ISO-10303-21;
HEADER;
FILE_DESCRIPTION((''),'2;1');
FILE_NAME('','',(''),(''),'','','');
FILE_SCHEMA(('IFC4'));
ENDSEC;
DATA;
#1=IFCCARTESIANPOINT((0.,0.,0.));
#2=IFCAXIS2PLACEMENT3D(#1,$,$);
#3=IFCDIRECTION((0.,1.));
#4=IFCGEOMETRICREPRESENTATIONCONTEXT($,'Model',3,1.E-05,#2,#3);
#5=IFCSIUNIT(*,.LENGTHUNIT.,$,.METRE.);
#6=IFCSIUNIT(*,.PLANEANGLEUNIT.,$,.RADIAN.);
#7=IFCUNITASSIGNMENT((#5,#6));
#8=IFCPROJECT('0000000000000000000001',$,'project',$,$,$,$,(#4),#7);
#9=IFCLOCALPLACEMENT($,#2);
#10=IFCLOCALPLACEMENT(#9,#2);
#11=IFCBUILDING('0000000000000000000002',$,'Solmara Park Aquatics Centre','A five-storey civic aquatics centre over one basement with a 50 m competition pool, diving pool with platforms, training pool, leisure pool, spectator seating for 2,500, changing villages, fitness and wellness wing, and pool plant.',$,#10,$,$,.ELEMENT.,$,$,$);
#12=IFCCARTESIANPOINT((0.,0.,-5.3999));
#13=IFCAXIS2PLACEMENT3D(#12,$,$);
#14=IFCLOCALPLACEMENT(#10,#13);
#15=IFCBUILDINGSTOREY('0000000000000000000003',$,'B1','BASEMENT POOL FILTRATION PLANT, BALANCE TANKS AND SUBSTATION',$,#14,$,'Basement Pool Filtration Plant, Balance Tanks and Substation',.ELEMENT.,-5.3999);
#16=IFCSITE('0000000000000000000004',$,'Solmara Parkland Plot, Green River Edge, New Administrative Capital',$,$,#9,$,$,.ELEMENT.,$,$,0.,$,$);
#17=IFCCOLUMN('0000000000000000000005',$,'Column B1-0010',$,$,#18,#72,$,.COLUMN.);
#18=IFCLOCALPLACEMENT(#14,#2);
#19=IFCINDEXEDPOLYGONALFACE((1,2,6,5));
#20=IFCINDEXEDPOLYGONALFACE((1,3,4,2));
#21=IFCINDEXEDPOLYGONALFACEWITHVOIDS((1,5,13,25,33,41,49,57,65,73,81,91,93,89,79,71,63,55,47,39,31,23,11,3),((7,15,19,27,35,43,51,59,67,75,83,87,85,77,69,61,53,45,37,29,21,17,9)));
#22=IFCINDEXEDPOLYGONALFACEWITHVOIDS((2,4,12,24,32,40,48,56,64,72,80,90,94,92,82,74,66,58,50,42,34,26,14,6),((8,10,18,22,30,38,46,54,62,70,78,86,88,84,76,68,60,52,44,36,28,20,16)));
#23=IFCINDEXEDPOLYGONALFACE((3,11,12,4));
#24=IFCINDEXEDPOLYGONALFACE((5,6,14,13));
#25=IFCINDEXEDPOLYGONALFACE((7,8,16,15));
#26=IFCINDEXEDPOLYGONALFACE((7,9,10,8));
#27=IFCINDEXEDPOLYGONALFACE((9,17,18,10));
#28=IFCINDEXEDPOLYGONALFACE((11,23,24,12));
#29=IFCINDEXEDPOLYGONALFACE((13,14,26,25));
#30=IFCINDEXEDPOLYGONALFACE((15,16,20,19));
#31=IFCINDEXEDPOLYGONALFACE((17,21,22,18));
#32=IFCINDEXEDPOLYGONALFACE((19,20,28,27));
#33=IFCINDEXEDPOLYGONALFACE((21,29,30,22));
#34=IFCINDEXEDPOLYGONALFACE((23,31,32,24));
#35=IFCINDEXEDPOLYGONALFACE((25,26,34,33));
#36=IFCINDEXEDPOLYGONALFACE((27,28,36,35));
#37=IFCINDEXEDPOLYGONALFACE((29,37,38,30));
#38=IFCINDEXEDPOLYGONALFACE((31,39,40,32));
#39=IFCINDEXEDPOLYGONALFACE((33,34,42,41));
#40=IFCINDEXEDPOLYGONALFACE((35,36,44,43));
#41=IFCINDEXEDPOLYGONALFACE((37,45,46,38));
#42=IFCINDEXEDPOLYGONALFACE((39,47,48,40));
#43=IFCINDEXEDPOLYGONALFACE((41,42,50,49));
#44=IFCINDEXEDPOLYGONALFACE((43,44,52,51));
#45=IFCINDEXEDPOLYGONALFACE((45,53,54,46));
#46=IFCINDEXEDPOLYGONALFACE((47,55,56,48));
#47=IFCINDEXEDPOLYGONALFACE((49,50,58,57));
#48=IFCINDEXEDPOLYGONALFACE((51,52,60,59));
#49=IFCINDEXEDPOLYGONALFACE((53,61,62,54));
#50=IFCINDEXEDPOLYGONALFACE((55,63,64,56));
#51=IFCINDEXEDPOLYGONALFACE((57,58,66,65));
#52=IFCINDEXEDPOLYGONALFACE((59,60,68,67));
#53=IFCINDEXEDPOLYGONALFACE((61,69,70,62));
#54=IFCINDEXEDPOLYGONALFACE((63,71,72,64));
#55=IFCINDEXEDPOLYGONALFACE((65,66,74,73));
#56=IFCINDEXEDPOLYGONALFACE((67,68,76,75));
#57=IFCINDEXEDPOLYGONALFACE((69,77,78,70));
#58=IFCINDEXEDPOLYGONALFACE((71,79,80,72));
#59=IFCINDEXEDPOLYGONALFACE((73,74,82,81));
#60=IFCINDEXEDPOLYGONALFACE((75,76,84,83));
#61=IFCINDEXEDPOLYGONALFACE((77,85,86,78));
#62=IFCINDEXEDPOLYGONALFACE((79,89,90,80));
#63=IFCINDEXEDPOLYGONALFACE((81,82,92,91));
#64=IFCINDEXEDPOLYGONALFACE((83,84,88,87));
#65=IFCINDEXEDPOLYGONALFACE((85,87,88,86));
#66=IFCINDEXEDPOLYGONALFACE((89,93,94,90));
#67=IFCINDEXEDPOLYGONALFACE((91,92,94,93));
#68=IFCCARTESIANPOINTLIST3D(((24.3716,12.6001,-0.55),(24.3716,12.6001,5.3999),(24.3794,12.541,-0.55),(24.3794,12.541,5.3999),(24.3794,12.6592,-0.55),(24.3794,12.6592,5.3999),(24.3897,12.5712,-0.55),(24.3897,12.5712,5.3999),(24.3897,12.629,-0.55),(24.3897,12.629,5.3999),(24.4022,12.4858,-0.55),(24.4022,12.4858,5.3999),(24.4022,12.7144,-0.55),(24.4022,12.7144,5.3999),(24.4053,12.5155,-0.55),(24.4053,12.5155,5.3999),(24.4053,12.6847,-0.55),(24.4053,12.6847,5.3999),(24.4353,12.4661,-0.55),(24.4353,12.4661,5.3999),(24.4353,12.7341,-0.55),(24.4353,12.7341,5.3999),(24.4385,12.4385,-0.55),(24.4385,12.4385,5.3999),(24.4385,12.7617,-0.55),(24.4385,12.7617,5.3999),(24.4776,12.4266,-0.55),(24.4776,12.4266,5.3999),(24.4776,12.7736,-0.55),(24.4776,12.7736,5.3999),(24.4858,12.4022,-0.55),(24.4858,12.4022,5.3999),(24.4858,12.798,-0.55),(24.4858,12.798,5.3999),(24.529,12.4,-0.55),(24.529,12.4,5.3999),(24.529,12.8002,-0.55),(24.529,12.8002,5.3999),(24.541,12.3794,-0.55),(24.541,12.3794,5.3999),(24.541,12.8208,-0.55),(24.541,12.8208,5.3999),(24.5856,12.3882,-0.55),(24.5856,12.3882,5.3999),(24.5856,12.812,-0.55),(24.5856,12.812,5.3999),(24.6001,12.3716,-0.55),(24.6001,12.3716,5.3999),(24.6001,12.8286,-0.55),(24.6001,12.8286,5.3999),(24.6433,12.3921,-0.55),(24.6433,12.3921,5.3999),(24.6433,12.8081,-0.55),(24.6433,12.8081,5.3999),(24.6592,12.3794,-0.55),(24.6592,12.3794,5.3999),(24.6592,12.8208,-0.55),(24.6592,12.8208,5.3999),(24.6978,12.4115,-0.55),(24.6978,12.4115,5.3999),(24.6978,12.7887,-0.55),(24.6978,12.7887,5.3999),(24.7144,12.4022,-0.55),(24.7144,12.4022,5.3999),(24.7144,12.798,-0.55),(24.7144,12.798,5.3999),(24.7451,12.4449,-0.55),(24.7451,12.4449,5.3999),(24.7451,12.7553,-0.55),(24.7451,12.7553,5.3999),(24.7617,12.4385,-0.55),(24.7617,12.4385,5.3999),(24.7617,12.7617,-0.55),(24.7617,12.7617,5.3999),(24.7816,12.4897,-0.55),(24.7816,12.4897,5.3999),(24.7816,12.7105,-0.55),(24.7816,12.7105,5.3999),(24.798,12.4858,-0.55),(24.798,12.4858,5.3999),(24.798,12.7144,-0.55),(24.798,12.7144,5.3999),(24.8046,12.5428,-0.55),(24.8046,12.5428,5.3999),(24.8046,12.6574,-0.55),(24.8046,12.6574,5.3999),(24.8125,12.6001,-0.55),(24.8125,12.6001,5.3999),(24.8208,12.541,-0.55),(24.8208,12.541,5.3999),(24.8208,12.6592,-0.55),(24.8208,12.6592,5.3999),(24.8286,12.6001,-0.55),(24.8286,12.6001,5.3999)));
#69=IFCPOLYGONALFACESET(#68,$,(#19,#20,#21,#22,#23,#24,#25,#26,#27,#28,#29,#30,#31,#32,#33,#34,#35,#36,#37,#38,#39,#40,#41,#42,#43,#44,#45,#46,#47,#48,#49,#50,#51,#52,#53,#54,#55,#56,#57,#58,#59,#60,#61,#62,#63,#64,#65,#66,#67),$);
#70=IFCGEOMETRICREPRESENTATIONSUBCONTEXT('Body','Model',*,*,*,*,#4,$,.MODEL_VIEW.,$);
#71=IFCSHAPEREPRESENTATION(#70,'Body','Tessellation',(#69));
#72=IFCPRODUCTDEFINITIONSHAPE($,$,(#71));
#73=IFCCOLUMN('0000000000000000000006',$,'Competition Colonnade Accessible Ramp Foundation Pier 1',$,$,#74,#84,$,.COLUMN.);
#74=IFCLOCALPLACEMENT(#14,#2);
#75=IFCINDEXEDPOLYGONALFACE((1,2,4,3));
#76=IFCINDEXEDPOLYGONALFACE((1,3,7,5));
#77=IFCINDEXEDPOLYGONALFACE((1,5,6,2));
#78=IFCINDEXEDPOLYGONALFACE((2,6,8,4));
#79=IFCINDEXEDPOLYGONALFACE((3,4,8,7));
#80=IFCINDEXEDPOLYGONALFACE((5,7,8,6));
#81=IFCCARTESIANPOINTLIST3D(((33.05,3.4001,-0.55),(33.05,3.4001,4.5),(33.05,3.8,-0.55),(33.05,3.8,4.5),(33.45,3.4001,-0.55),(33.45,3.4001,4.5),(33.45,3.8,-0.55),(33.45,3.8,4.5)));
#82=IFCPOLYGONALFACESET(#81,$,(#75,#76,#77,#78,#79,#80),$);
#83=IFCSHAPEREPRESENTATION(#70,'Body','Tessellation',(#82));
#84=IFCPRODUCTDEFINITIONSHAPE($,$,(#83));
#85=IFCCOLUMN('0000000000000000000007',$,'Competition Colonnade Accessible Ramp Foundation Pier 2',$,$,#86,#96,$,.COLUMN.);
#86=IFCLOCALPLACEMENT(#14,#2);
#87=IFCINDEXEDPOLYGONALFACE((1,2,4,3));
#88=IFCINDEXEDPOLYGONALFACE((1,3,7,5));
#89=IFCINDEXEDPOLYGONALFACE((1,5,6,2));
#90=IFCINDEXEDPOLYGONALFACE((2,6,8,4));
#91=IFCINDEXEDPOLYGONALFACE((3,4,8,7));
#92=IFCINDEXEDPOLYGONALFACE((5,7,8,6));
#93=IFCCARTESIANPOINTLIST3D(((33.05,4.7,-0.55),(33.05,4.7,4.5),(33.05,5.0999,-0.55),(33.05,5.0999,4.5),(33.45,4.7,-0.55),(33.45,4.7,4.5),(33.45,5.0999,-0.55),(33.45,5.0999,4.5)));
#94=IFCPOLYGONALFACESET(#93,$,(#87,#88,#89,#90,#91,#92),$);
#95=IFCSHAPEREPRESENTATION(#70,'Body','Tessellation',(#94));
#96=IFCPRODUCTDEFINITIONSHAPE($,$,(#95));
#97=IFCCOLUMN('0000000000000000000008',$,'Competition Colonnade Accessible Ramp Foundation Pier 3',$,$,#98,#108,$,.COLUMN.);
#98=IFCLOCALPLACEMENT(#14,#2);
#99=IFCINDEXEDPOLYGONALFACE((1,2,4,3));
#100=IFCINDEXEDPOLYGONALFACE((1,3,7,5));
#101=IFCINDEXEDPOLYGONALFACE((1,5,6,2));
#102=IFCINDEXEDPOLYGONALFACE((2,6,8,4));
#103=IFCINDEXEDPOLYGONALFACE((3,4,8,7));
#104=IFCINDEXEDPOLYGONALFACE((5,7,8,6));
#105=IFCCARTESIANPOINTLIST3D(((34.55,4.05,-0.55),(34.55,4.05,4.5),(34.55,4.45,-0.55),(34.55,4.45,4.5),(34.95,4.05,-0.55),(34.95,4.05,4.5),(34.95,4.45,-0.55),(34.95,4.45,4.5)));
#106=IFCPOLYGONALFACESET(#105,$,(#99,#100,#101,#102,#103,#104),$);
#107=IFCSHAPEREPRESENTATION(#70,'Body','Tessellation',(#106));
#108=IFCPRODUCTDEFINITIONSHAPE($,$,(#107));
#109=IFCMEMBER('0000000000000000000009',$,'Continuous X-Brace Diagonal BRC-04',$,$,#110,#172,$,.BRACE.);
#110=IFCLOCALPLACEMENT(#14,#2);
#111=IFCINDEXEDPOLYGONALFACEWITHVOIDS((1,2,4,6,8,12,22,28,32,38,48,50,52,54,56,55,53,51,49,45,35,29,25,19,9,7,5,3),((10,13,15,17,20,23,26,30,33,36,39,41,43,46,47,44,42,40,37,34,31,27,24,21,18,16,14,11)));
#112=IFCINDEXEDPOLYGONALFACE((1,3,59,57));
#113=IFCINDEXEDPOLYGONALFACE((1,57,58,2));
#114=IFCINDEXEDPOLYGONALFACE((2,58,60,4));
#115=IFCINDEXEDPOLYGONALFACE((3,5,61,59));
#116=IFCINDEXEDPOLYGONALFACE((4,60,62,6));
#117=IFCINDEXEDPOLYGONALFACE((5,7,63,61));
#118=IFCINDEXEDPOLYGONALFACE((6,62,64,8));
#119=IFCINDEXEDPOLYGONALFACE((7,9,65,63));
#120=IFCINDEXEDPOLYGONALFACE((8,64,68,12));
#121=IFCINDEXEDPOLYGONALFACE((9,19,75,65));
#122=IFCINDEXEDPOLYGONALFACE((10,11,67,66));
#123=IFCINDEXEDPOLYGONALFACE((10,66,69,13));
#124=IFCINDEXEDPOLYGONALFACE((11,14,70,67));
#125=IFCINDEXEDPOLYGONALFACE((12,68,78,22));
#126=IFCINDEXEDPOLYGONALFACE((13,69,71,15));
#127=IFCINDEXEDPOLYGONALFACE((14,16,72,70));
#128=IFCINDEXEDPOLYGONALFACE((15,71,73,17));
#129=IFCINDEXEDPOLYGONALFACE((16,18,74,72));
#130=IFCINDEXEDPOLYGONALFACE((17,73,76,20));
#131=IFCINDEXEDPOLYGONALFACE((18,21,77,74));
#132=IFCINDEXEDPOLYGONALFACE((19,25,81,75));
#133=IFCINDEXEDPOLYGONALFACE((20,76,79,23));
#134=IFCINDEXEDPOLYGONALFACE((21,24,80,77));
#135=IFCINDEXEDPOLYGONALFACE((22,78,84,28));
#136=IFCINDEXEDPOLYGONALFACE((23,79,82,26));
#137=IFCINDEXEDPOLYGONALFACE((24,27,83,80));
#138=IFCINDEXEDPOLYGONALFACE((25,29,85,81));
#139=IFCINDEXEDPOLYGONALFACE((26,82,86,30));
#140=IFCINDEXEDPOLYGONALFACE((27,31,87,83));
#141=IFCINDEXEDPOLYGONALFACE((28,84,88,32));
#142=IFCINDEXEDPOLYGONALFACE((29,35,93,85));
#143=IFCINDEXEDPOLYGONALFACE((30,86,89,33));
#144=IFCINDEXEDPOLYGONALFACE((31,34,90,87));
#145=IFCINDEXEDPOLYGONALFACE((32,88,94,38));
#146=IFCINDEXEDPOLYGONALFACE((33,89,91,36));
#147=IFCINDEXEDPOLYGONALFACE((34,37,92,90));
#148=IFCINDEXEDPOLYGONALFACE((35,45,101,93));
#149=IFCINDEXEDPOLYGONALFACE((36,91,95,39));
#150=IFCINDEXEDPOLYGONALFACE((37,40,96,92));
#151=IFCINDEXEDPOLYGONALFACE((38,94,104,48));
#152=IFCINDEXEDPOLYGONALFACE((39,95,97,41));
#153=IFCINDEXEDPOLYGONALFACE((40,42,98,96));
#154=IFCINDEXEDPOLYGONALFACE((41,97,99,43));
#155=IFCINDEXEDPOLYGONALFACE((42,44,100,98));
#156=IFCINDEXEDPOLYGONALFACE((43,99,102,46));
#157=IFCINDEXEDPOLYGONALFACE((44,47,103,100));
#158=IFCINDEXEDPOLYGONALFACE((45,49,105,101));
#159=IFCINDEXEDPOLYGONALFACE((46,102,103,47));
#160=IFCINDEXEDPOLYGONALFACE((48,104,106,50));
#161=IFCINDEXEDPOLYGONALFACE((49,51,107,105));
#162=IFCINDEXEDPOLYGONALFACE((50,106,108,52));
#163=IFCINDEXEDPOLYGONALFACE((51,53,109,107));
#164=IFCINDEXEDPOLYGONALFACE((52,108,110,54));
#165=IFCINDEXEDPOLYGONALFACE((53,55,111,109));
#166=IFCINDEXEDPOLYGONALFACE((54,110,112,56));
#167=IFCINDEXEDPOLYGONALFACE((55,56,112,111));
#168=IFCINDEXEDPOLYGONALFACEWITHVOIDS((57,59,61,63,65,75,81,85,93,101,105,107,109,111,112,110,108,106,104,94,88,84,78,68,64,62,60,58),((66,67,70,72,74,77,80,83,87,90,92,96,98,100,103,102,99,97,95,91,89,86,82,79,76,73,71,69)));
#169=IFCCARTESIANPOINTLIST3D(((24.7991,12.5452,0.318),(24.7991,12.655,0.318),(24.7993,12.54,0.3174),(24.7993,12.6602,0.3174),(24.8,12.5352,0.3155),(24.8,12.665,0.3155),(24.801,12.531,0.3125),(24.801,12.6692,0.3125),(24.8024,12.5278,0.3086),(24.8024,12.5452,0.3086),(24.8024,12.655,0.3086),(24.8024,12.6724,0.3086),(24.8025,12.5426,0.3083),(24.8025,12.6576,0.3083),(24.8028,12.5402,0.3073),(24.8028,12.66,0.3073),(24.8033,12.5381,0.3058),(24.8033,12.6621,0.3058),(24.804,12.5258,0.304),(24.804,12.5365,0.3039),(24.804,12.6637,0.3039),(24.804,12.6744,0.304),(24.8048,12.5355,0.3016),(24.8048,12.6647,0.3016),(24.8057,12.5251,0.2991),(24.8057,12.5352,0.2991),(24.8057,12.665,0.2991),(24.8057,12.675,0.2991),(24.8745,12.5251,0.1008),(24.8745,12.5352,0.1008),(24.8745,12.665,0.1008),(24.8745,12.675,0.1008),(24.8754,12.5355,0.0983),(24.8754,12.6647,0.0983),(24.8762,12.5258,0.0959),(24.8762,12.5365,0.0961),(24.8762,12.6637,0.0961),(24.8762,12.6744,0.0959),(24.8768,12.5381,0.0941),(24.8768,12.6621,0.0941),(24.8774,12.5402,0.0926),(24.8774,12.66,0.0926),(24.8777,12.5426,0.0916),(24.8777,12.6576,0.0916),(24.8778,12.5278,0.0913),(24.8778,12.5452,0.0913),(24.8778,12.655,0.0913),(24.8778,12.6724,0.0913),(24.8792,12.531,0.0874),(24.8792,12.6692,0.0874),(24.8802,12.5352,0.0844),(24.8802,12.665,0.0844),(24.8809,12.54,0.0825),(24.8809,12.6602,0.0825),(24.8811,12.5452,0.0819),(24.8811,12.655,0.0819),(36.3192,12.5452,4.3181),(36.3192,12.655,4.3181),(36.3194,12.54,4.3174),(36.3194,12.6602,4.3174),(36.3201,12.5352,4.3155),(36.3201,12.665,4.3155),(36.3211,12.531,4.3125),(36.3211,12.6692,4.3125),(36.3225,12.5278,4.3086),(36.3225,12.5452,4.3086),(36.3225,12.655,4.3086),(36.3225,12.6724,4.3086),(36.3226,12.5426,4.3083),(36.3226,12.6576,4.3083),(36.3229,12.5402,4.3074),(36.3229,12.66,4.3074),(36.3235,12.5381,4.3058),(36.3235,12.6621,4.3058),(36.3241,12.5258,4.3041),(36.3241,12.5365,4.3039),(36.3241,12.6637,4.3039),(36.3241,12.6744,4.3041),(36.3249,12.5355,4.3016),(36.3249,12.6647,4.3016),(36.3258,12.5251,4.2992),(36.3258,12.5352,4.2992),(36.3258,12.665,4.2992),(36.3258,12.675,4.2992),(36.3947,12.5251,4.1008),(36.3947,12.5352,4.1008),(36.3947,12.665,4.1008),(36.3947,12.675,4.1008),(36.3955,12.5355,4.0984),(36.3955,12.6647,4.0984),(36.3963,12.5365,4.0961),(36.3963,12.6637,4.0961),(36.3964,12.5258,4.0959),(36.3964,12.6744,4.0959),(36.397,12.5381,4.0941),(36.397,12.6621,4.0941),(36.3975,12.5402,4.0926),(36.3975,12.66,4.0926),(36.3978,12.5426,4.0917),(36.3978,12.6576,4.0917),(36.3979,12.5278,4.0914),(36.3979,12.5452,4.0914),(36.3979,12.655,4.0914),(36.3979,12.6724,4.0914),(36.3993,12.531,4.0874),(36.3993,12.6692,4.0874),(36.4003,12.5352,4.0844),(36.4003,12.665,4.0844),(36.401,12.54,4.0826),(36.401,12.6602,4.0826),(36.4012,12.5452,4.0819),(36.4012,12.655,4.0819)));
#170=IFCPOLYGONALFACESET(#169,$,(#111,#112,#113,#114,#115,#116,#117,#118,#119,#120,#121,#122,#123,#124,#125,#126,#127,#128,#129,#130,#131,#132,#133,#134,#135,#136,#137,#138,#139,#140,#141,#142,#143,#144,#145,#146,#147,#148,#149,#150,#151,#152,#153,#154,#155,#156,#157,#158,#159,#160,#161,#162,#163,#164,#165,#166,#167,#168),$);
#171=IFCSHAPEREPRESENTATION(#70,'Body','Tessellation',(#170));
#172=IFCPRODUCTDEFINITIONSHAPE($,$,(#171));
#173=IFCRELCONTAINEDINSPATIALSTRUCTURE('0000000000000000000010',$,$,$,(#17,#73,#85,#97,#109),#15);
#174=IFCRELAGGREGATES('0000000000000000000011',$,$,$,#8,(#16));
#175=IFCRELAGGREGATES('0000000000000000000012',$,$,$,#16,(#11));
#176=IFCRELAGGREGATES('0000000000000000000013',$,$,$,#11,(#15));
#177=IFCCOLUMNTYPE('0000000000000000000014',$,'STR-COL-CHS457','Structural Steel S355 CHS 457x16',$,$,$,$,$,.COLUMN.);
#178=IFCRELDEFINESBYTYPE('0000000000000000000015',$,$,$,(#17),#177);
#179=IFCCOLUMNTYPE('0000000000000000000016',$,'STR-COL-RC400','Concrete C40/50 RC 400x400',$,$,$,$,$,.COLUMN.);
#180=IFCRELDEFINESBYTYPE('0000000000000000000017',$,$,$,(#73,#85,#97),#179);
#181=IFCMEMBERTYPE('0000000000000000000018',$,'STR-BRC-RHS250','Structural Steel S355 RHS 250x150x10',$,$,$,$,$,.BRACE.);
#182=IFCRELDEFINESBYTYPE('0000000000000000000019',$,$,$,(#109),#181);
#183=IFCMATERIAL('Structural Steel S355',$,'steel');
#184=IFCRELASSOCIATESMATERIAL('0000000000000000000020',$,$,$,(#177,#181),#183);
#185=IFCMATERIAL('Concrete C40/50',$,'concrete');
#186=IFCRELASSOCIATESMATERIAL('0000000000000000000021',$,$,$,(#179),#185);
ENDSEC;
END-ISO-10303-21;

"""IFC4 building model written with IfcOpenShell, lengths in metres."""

from ifc_helpers import new_model, si_unit, direction, frame, origin, origin_2d, place, context, subcontext, project, spatial, rectangle, hollow_rectangle, hollow_circle, extrude, material, material_profile, profile_set, type_object, element, save


model = new_model("IFC4")

# Units and contexts
model_context = context("Model", 3, precision=1e-05, world=origin(), true_north=direction((0.0, 1.0)))
body_context = subcontext(model_context, "Body", "Model", "MODEL_VIEW")
ifc_project = project(units=[si_unit("LENGTHUNIT", "METRE"), si_unit("PLANEANGLEUNIT", "RADIAN")], contexts=[model_context])

# Site, building, storey
site_placement = place(None, origin())
site = spatial("IfcSite", under=ifc_project, at=site_placement, Name="Solmara Parkland Plot, Green River Edge, New Administrative Capital", CompositionType="ELEMENT", RefElevation=0.0)
building_placement = place(site_placement, origin())
building = spatial("IfcBuilding", under=site, at=building_placement, Name="Solmara Park Aquatics Centre", Description="A five-storey civic aquatics centre over one basement with a 50 m competition pool, diving pool with platforms, training pool, leisure pool, spectator seating for 2,500, changing villages, fitness and wellness wing, and pool plant.", CompositionType="ELEMENT")
storey_placement = place(building_placement, frame((0.0, 0.0, -5.3999)))
storey = spatial("IfcBuildingStorey", under=building, at=storey_placement, Name="B1", Description="BASEMENT POOL FILTRATION PLANT, BALANCE TANKS AND SUBSTATION", LongName="Basement Pool Filtration Plant, Balance Tanks and Substation", CompositionType="ELEMENT", Elevation=-5.3999)

# Columns
ifc_material_1 = material(Name="Structural Steel S355", Category="steel")
ifc_material_profile_1 = material_profile(ifc_material_1, hollow_circle(Radius=0.2285, WallThickness=0.0161, at=origin_2d()), Name="CHS 457x16")
ifc_profile_set_1 = profile_set([ifc_material_profile_1], Name="Structural Steel S355")
column_type_1 = type_object("IfcColumnType", Name="STR-COL-CHS457", Description="Structural Steel S355 CHS 457x16", PredefinedType="COLUMN", material=ifc_profile_set_1)
column_placement = place(storey_placement, frame((24.6001, 12.6001, -0.55), z_axis=(0.0, 0.0, 1.0), x_axis=(1.0, 0.0, 0.0)))
element("IfcColumn", 1, at=column_placement, inside=storey, type_object=column_type_1, Name="Column B1-0010", PredefinedType="COLUMN", context=body_context, shape_type="SweptSolid", body=[
    extrude(hollow_circle(Radius=0.2285, WallThickness=0.0161, at=origin_2d()), origin(), (0.0, 0.0, 1.0), 5.95),
])
ifc_material_2 = material(Name="Concrete C40/50", Category="concrete")
ifc_material_profile_2 = material_profile(ifc_material_2, rectangle(XDim=0.3999, YDim=0.3999, at=origin_2d()), Name="RC 400x400")
ifc_profile_set_2 = profile_set([ifc_material_profile_2], Name="Concrete C40/50")
column_type_2 = type_object("IfcColumnType", Name="STR-COL-RC400", Description="Concrete C40/50 RC 400x400", PredefinedType="COLUMN", material=ifc_profile_set_2)
for number, where, z_axis, x_axis, name in (
    (2, (33.25, 3.6001, -0.55), (0.0, 0.0, 1.0), (1.0, 0.0, 0.0), "Competition Colonnade Accessible Ramp Foundation Pier 1"),
    (3, (33.25, 4.8999, -0.55), (0.0, 0.0, 1.0), (1.0, 0.0, 0.0), "Competition Colonnade Accessible Ramp Foundation Pier 2"),
    (4, (34.75, 4.25, -0.55), (0.0, 0.0, 1.0), (1.0, 0.0, 0.0), "Competition Colonnade Accessible Ramp Foundation Pier 3"),
):
    element("IfcColumn", number, at=place(storey_placement, frame(where, z_axis=z_axis, x_axis=x_axis)), inside=storey, type_object=column_type_2, Name=name, PredefinedType="COLUMN", context=body_context, shape_type="SweptSolid", body=[
        extrude(rectangle(XDim=0.3999, YDim=0.3999, at=origin_2d()), origin(), (0.0, 0.0, 1.0), 5.05),
    ])

# Member
ifc_material_profile_3 = material_profile(ifc_material_1, hollow_rectangle(XDim=0.1499, YDim=0.25, WallThickness=0.01, InnerFilletRadius=0.01, OuterFilletRadius=0.02, at=origin_2d()), Name="RHS 250x150x10")
ifc_profile_set_3 = profile_set([ifc_material_profile_3], Name="Structural Steel S355")
member_type_1 = type_object("IfcMemberType", Name="STR-BRC-RHS250", Description="Structural Steel S355 RHS 250x150x10", PredefinedType="BRACE", material=ifc_profile_set_3)
member_1_placement = place(storey_placement, frame((24.8401, 12.6001, 0.2), z_axis=(0.944674, 0.0, 0.328011), x_axis=(0.0, 1.0, 0.0)))
element("IfcMember", 5, at=member_1_placement, inside=storey, type_object=member_type_1, Name="Continuous X-Brace Diagonal BRC-04", PredefinedType="BRACE", context=body_context, shape_type="SweptSolid", body=[
    extrude(hollow_rectangle(XDim=0.1499, YDim=0.25, WallThickness=0.01, InnerFilletRadius=0.01, OuterFilletRadius=0.02, at=origin_2d()), origin(), (0.0, 0.0, 1.0), 12.1948),
])

save(model, "model.ifc")
